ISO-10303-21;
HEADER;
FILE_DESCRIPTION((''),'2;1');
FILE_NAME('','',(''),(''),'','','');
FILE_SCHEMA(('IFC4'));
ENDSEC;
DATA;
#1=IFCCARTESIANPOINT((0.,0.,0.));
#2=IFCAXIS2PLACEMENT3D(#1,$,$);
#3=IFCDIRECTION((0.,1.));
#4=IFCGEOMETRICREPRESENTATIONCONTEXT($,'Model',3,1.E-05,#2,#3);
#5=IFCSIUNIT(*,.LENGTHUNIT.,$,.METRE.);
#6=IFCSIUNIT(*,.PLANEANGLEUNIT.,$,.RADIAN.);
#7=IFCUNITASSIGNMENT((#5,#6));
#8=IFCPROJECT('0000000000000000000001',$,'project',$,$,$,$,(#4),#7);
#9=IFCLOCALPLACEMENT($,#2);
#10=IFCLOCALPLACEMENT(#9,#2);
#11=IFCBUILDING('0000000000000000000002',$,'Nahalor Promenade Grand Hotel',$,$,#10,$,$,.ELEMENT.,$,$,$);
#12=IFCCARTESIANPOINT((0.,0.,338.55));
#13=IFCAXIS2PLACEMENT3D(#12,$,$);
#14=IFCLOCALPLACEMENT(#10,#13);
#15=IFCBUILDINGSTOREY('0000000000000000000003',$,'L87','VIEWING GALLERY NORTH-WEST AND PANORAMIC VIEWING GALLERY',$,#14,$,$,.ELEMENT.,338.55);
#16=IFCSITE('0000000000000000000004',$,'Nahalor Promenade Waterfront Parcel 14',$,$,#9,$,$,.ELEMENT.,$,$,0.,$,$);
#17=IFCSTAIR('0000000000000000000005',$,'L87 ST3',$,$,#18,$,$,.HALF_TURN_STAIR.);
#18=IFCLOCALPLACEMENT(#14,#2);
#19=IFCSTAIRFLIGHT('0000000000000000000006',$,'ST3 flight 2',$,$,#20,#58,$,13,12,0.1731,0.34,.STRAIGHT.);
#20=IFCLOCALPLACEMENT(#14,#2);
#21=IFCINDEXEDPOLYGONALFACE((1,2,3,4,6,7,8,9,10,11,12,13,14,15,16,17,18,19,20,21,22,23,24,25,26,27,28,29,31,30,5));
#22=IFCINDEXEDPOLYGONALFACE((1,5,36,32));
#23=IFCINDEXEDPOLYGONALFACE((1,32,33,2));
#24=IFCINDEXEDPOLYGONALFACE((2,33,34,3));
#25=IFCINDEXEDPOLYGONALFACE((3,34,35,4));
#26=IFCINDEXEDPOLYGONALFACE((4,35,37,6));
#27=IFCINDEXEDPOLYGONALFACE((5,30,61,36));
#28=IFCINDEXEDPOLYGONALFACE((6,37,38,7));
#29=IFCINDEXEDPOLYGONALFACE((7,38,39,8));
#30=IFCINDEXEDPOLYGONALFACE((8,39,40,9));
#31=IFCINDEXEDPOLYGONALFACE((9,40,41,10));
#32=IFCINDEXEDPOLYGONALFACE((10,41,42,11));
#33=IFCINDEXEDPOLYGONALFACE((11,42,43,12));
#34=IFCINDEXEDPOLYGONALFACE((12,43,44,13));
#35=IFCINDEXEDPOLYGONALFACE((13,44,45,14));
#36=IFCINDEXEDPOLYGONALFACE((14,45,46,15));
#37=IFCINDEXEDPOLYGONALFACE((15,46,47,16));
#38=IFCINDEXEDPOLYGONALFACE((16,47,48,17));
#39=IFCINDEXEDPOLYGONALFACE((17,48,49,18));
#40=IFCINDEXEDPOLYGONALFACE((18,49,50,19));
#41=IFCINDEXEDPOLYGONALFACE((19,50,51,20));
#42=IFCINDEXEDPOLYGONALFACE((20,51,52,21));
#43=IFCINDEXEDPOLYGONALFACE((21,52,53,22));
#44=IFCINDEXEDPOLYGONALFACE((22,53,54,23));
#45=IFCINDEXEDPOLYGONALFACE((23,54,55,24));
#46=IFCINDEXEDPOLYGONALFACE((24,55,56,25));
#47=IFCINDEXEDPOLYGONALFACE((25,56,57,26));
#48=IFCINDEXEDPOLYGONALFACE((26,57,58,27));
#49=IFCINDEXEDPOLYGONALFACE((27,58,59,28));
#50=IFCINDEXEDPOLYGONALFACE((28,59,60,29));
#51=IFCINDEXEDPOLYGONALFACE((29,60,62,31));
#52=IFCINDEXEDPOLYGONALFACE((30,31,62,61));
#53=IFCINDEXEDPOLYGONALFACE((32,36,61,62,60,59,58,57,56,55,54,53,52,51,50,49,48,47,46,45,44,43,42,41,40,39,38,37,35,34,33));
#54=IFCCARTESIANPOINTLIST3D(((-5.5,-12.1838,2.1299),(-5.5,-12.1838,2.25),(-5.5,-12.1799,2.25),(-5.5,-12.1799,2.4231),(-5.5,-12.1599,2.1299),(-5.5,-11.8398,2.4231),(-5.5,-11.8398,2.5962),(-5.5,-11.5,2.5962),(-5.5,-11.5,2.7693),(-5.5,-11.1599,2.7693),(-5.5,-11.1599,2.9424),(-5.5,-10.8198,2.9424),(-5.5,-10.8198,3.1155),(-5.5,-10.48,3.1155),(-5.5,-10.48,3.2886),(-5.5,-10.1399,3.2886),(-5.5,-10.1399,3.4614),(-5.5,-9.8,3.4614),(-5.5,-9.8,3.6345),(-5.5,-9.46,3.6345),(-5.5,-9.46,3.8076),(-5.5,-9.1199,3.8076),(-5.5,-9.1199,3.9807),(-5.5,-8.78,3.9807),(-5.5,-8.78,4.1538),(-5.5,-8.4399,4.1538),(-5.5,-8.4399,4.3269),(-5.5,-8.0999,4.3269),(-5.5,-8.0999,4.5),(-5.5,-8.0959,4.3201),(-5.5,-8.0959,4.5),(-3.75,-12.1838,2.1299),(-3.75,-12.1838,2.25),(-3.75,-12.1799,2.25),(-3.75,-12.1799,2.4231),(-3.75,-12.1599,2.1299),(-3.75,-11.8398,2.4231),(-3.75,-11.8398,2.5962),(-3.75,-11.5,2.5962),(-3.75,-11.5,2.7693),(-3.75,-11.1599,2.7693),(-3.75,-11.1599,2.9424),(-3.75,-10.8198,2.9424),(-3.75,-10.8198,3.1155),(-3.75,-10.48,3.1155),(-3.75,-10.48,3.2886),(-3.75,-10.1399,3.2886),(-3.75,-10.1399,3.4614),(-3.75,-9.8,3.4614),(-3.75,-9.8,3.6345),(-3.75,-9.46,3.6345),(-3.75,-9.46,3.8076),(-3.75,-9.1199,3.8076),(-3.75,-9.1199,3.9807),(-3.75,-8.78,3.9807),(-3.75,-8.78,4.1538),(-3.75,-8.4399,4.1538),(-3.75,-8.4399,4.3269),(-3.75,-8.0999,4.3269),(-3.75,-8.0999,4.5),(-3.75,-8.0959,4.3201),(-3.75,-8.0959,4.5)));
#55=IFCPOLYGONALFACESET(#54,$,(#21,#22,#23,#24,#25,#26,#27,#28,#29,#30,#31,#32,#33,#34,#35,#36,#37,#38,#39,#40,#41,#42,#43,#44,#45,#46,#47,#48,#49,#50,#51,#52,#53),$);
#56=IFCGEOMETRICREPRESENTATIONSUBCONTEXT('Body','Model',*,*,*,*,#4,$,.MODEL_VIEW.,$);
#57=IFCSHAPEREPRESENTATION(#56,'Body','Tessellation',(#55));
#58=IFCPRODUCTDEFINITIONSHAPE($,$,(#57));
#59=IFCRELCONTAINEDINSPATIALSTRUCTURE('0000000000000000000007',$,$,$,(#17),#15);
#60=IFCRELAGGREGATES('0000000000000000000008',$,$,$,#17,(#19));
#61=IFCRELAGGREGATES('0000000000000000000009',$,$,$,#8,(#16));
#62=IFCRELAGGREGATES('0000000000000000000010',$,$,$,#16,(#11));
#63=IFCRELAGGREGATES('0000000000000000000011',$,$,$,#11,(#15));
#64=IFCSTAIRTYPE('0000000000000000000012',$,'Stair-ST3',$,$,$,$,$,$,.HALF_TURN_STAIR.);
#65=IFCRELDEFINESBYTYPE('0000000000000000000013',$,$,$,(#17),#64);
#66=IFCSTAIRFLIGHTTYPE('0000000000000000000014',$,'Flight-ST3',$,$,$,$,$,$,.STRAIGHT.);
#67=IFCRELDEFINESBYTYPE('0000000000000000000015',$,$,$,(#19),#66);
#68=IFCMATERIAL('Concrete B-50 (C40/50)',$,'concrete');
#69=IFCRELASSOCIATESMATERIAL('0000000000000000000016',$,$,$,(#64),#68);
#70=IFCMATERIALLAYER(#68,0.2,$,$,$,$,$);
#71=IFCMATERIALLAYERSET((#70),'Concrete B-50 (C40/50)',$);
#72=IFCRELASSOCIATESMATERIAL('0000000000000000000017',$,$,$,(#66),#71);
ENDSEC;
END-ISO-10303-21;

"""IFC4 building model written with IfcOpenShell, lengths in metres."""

from ifc_helpers import new_model, si_unit, direction, frame, origin, place, context, subcontext, project, spatial, polyline, outline, extrude, source, transform, mapped, material, layer, layer_set, type_object, element, aggregate, save


model = new_model("IFC4")

# Units and contexts
model_context = context("Model", 3, precision=1e-05, world=origin(), true_north=direction((0.0, 1.0)))
body_context = subcontext(model_context, "Body", "Model", "MODEL_VIEW")
ifc_project = project(units=[si_unit("LENGTHUNIT", "METRE"), si_unit("PLANEANGLEUNIT", "RADIAN")], contexts=[model_context])

# Site, building, storey
site_placement = place(None, origin())
site = spatial("IfcSite", under=ifc_project, at=site_placement, Name="Nahalor Promenade Waterfront Parcel 14", CompositionType="ELEMENT", RefElevation=0.0)
building_placement = place(site_placement, origin())
building = spatial("IfcBuilding", under=site, at=building_placement, Name="Nahalor Promenade Grand Hotel", CompositionType="ELEMENT")
storey_placement = place(building_placement, frame((0.0, 0.0, 338.55)))
storey = spatial("IfcBuildingStorey", under=building, at=storey_placement, Name="L87", Description="VIEWING GALLERY NORTH-WEST AND PANORAMIC VIEWING GALLERY", CompositionType="ELEMENT", Elevation=338.55)

# Shared definitions
ifc_material_1 = material(Name="Concrete B-50 (C40/50)", Category="concrete")

# Stair, stair flight
stair_type = type_object("IfcStairType", Name="Stair-ST3", PredefinedType="HALF_TURN_STAIR", material=ifc_material_1)
stair_placement = place(storey_placement, origin())
stair = element("IfcStair", 1, at=stair_placement, inside=storey, type_object=stair_type, Name="L87 ST3", PredefinedType="HALF_TURN_STAIR")
ifc_layer_1 = layer(ifc_material_1, 0.2)
ifc_layer_set_1 = layer_set([ifc_layer_1], Name="Concrete B-50 (C40/50)")
stair_flight_type = type_object("IfcStairFlightType", Name="Flight-ST3", PredefinedType="STRAIGHT", material=ifc_layer_set_1)
shared_shape_1 = source(origin(), body_context, "Body", "SweptSolid", [
    extrude(outline(polyline([(-0.0039, -0.1201), (-0.0039, 0.0), (0.0, 0.0), (0.0, 0.1731), (0.3401, 0.1731), (0.3401, 0.3462), (0.6799, 0.3462), (0.6799, 0.5193), (1.02, 0.5193), (1.02, 0.6924), (1.3601, 0.6924), (1.3601, 0.8655), (1.7, 0.8655), (1.7, 1.0386), (2.04, 1.0386), (2.04, 1.2114), (2.3799, 1.2114), (2.3799, 1.3845), (2.72, 1.3845), (2.72, 1.5576), (3.0601, 1.5576), (3.0601, 1.7307), (3.3999, 1.7307), (3.3999, 1.9038), (3.74, 1.9038), (3.74, 2.0769), (4.0801, 2.0769), (4.0801, 2.25), (4.084, 2.25), (4.084, 2.0701), (0.02, -0.1201), (-0.0039, -0.1201)])), frame((0.0, 0.875, 0.0), z_axis=(0.0, -1.0, 0.0), x_axis=(1.0, 0.0, 0.0)), (0.0, 0.0, 1.0), 1.75),
])
stair_flight_1_placement = place(storey_placement, frame((-4.625, -12.1799, 2.25), z_axis=(0.0, 0.0, 1.0), x_axis=(0.0, 1.0, 0.0)))
stair_flight_1 = element("IfcStairFlight", 2, at=stair_flight_1_placement, type_object=stair_flight_type, Name="ST3 flight 2", NumberOfRisers=13, NumberOfTreads=12, PredefinedType="STRAIGHT", RiserHeight=0.1731, TreadLength=0.34, context=body_context, shape_type="MappedRepresentation", body=[
    mapped(shared_shape_1, transform((0.0, 0.0, 0.0), scale=1.0)),
])
aggregate(stair, [stair_flight_1])

save(model, "model.ifc")
